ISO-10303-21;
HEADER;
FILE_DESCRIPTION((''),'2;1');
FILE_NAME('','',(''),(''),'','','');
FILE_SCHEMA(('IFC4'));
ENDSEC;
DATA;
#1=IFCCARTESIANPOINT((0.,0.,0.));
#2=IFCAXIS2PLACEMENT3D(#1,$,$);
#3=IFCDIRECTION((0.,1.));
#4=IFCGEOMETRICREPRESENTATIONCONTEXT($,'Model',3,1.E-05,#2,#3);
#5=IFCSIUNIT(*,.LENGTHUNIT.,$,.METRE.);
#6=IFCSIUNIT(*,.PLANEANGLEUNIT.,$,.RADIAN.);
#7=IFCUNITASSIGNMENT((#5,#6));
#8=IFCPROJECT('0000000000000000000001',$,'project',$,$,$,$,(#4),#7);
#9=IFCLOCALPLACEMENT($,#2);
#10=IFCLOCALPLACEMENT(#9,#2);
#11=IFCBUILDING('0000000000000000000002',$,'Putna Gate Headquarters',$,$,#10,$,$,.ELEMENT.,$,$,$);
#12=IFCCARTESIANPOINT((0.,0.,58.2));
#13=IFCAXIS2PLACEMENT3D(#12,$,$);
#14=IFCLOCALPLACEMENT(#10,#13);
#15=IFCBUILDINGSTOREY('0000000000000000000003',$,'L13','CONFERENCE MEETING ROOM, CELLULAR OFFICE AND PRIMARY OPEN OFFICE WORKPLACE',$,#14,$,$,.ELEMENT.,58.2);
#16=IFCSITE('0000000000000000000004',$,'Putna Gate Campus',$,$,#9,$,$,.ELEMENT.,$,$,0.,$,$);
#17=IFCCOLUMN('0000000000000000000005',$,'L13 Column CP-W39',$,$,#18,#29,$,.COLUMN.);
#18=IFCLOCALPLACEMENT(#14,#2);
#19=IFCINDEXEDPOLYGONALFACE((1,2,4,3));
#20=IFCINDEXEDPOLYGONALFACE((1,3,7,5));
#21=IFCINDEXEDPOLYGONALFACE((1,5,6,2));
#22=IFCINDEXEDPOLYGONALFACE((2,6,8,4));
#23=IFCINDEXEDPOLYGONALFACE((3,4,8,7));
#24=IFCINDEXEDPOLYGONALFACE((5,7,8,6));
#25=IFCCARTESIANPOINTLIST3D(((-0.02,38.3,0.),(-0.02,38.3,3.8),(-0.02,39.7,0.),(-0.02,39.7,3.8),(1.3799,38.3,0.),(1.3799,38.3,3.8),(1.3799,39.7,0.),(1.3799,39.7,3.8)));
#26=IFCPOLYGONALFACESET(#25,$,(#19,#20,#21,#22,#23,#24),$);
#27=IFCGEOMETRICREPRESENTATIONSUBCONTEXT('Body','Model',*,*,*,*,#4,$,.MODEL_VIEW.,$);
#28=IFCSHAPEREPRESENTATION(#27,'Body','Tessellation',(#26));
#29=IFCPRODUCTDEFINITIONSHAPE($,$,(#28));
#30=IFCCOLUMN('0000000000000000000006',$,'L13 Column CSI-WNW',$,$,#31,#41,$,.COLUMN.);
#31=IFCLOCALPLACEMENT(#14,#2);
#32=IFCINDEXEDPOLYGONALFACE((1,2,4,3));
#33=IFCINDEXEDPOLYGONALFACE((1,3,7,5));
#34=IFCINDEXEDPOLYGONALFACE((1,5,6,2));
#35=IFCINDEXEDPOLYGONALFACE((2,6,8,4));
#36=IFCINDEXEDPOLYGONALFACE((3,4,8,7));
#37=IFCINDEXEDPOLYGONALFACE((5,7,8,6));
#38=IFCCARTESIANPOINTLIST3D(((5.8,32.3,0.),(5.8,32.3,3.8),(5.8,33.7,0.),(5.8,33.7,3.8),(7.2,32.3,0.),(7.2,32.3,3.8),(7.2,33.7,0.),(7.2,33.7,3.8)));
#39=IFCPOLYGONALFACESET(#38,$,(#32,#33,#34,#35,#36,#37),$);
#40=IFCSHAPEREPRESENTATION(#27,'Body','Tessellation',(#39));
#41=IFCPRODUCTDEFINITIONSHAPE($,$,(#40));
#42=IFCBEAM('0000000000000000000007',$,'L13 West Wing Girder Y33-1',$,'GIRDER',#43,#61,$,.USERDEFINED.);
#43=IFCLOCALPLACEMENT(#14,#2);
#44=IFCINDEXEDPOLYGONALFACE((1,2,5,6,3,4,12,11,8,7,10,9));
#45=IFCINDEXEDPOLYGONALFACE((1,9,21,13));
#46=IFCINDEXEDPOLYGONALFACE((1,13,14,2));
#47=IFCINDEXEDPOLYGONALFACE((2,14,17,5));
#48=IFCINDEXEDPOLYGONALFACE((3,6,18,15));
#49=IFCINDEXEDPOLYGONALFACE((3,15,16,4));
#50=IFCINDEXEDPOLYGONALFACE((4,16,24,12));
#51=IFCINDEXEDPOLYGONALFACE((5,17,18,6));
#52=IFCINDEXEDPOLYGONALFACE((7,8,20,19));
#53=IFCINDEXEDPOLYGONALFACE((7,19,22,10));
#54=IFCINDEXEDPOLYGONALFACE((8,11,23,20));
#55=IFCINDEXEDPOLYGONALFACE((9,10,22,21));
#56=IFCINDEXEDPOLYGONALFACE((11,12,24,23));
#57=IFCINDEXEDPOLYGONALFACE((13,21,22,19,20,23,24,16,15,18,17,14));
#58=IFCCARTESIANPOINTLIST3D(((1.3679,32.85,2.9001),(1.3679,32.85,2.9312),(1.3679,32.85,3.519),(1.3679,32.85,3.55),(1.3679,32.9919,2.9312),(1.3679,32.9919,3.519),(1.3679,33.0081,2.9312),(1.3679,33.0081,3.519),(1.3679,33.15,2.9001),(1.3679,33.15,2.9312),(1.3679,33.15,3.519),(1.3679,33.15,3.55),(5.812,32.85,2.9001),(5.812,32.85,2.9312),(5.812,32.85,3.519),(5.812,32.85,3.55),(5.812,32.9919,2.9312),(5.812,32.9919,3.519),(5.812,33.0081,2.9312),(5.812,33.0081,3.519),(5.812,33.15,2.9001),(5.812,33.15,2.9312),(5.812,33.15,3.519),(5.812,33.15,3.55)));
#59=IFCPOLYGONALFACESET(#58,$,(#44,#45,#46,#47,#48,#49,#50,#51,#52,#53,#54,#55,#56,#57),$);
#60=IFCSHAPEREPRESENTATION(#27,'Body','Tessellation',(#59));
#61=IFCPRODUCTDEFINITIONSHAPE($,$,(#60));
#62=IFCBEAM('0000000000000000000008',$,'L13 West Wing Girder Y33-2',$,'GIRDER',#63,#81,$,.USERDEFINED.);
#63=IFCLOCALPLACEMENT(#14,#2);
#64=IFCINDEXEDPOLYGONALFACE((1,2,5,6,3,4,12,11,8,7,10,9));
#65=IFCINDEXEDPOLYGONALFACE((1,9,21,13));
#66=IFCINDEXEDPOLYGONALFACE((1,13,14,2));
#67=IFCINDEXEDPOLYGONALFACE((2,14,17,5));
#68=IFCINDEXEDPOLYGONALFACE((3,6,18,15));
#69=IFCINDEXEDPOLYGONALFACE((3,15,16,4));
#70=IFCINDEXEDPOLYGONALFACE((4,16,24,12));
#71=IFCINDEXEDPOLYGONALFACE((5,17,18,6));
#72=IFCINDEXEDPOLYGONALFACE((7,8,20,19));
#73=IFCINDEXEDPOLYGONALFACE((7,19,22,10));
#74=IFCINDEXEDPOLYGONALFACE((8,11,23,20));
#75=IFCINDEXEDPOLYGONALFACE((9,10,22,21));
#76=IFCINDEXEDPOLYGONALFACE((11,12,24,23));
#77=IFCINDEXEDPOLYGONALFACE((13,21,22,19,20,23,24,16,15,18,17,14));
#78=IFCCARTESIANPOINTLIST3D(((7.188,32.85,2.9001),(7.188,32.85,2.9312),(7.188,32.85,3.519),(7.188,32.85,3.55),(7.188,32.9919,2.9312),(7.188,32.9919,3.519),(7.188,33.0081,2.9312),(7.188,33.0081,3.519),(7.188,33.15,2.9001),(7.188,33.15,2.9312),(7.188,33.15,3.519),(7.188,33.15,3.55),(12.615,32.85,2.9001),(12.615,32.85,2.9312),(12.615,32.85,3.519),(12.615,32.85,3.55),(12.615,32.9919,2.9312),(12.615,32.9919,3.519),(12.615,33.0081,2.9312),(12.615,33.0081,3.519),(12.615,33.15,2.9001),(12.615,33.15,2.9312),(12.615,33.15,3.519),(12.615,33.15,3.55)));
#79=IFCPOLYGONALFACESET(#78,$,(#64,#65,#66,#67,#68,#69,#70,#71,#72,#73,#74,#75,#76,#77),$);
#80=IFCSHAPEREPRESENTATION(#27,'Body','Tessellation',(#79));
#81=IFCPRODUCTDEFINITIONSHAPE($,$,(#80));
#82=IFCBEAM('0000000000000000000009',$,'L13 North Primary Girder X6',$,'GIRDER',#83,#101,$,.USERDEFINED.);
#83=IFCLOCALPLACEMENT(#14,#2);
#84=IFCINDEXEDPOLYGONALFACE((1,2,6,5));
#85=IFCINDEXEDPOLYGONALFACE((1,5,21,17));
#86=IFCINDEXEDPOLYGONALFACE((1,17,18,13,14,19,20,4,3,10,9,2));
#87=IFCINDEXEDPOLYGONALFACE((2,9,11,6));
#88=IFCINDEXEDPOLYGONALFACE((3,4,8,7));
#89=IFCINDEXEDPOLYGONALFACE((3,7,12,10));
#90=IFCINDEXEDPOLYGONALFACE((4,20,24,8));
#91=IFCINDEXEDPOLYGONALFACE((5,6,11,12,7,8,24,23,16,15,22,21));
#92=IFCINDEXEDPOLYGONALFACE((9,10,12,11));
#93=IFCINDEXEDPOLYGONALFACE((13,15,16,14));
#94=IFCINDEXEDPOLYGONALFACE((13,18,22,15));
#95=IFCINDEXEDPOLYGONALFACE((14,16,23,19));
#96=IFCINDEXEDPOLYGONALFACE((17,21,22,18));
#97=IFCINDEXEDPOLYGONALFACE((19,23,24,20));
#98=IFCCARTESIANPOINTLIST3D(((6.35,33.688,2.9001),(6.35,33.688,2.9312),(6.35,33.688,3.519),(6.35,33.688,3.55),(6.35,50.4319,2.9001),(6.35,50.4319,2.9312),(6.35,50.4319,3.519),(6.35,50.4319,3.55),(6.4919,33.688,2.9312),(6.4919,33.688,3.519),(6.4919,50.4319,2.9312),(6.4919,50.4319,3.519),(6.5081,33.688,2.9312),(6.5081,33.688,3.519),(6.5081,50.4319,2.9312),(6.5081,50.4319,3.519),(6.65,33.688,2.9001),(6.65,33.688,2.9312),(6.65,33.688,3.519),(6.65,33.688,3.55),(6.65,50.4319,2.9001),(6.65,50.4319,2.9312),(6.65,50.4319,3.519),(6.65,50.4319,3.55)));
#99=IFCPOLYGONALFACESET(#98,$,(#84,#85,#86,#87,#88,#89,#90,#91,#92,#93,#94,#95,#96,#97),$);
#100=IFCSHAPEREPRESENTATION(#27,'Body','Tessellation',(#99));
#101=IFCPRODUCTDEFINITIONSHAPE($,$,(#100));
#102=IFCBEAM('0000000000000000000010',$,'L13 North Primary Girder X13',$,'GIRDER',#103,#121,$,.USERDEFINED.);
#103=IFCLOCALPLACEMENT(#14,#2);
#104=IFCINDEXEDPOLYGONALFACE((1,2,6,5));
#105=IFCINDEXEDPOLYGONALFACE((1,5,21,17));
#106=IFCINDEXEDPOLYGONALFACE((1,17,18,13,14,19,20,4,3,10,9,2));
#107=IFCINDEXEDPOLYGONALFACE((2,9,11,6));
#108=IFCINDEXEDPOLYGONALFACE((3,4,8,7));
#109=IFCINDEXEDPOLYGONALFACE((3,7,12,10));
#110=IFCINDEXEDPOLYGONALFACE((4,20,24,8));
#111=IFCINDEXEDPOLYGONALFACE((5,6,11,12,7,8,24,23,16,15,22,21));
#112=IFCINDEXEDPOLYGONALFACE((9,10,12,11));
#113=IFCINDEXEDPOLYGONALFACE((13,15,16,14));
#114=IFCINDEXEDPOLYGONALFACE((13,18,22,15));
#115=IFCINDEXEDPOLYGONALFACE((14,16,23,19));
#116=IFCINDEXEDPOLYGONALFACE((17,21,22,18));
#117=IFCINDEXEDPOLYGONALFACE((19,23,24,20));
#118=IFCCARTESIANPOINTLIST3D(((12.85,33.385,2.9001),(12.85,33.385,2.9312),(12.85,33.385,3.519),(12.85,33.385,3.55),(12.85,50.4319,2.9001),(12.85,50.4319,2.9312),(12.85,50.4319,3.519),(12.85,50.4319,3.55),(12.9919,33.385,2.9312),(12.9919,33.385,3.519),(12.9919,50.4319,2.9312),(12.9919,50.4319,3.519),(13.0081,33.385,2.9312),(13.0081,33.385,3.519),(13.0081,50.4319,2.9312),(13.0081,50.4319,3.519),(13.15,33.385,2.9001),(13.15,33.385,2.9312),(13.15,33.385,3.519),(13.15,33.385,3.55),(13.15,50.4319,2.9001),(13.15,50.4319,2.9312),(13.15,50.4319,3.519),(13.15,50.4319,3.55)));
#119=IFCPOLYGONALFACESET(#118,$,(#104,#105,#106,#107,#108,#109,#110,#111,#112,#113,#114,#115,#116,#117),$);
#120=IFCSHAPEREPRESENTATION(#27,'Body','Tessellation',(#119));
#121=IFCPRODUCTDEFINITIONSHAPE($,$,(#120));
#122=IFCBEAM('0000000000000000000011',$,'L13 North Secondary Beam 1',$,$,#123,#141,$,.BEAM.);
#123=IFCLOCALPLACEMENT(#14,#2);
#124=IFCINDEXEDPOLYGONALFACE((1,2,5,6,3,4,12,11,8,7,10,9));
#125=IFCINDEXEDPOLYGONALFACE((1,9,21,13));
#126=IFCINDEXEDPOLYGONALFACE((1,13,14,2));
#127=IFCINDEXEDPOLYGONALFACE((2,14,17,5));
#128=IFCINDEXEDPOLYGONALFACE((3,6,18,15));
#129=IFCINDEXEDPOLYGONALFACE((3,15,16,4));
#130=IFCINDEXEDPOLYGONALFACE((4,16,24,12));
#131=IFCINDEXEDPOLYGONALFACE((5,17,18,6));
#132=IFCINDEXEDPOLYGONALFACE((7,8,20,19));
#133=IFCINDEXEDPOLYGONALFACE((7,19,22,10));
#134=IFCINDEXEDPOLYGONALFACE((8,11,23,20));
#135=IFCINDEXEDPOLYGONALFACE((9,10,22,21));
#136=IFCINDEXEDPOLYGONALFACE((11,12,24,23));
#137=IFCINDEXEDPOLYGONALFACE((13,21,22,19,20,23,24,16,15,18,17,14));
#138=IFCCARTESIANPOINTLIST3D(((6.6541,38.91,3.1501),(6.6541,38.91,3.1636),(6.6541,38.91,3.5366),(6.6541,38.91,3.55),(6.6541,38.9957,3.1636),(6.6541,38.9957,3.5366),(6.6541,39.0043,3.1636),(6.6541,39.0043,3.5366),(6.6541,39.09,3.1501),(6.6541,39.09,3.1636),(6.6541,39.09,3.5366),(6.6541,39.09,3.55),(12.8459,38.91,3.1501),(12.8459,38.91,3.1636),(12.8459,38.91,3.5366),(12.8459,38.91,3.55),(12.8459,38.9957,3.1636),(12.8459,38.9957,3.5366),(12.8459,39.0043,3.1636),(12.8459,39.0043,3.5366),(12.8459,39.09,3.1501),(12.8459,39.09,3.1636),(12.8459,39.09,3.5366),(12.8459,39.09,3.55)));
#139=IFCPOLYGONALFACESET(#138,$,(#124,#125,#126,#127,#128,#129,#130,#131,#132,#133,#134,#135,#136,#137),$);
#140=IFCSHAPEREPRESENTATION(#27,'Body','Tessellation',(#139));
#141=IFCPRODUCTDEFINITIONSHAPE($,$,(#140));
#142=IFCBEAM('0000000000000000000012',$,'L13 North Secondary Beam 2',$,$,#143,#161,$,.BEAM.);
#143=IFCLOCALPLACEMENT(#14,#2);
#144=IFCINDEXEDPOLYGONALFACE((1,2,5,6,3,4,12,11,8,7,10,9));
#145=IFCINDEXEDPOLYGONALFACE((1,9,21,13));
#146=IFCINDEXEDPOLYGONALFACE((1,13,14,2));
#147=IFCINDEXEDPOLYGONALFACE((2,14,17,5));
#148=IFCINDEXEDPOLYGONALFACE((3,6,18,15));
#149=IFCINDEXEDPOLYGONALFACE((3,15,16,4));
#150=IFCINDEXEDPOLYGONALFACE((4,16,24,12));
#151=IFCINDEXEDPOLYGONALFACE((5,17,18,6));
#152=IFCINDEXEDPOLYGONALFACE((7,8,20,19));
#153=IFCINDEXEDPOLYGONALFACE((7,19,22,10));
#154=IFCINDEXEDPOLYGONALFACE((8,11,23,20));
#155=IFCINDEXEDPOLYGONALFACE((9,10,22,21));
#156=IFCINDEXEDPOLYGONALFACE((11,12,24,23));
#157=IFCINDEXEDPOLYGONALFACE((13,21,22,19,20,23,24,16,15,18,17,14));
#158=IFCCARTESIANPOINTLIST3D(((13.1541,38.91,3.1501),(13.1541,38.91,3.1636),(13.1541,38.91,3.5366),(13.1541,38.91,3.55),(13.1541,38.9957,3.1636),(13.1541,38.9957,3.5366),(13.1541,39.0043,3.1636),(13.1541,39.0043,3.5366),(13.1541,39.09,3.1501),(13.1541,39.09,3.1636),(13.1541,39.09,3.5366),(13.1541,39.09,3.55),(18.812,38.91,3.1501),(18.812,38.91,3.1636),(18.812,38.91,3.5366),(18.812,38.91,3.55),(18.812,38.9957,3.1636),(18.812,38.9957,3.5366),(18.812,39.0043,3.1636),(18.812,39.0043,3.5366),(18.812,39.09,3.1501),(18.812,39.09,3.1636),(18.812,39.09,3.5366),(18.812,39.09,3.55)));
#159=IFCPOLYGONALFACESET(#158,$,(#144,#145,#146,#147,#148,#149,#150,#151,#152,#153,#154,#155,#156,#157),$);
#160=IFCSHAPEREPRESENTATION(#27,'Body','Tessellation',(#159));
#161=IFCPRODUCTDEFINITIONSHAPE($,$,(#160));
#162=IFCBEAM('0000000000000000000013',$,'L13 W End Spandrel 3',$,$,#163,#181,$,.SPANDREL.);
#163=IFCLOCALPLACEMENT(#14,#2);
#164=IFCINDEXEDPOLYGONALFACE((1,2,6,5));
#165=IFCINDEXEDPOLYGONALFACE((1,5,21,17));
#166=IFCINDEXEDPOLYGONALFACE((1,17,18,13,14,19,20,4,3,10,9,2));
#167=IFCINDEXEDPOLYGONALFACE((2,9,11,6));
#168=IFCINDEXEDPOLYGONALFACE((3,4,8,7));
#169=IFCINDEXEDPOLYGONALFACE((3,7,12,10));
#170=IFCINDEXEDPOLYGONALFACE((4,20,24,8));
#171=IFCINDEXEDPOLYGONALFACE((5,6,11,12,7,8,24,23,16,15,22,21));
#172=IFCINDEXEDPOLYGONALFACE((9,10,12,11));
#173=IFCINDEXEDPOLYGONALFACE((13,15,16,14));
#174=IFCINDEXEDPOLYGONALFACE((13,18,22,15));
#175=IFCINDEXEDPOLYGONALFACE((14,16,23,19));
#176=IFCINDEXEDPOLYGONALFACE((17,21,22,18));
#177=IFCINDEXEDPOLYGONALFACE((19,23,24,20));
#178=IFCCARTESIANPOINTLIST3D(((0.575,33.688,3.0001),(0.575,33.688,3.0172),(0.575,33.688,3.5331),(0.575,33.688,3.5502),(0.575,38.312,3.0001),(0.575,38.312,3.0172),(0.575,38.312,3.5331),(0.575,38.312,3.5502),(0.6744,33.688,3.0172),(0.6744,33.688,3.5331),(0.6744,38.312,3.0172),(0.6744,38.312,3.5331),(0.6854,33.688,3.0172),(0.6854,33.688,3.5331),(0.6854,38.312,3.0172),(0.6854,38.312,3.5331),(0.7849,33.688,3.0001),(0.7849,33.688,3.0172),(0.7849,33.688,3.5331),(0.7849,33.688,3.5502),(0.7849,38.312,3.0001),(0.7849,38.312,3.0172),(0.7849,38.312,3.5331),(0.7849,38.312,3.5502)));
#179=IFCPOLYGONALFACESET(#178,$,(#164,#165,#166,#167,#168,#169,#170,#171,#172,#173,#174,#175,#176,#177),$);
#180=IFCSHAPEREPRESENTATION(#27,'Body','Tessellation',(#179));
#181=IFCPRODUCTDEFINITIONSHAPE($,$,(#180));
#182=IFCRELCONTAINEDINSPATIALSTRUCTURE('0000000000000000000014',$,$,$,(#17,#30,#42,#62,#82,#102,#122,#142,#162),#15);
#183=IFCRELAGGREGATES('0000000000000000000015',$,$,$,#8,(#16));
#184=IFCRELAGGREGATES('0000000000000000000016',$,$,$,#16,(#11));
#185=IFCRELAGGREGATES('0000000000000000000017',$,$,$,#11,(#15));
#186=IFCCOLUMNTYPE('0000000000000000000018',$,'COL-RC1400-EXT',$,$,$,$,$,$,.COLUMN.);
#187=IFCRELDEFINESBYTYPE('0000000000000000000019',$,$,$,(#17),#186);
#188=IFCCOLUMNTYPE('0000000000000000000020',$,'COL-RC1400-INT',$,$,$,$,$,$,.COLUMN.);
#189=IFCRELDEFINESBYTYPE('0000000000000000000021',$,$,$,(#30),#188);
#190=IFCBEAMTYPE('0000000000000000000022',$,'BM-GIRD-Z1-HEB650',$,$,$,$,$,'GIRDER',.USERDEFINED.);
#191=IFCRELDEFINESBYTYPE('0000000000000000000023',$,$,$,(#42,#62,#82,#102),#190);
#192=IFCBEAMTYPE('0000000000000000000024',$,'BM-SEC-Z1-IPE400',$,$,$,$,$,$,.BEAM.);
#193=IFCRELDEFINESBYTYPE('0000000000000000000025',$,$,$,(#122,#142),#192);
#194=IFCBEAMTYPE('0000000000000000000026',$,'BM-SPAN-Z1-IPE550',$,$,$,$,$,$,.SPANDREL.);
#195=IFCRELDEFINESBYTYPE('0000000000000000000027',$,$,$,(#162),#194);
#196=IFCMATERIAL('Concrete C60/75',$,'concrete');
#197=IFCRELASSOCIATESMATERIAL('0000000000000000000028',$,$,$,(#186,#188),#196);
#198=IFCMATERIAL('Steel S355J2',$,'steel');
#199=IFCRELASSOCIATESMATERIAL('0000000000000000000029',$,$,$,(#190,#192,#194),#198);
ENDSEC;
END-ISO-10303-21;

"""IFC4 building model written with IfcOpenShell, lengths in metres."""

from ifc_helpers import new_model, si_unit, direction, frame, origin, origin_2d, place, context, subcontext, project, spatial, rectangle, i_section, extrude, material, material_profile, profile_set, type_object, element, save


model = new_model("IFC4")

# Units and contexts
model_context = context("Model", 3, precision=1e-05, world=origin(), true_north=direction((0.0, 1.0)))
body_context = subcontext(model_context, "Body", "Model", "MODEL_VIEW")
ifc_project = project(units=[si_unit("LENGTHUNIT", "METRE"), si_unit("PLANEANGLEUNIT", "RADIAN")], contexts=[model_context])

# Site, building, storey
site_placement = place(None, origin())
site = spatial("IfcSite", under=ifc_project, at=site_placement, Name="Putna Gate Campus", CompositionType="ELEMENT", RefElevation=0.0)
building_placement = place(site_placement, origin())
building = spatial("IfcBuilding", under=site, at=building_placement, Name="Putna Gate Headquarters", CompositionType="ELEMENT")
storey_placement = place(building_placement, frame((0.0, 0.0, 58.2)))
storey = spatial("IfcBuildingStorey", under=building, at=storey_placement, Name="L13", Description="CONFERENCE MEETING ROOM, CELLULAR OFFICE AND PRIMARY OPEN OFFICE WORKPLACE", CompositionType="ELEMENT", Elevation=58.2)

# Columns
ifc_material_1 = material(Name="Concrete C60/75", Category="concrete")
ifc_material_profile_1 = material_profile(ifc_material_1, rectangle(XDim=1.3999, YDim=1.3999, at=origin_2d()), Name="Concrete C60/75")
ifc_profile_set_1 = profile_set([ifc_material_profile_1], Name="Concrete C60/75")
column_type_1 = type_object("IfcColumnType", Name="COL-RC1400-EXT", PredefinedType="COLUMN", material=ifc_profile_set_1)
column_1_placement = place(storey_placement, frame((0.6799, 39.0, 0.0), z_axis=(0.0, 0.0, 1.0), x_axis=(1.0, 0.0, 0.0)))
element("IfcColumn", 1, at=column_1_placement, inside=storey, type_object=column_type_1, Name="L13 Column CP-W39", PredefinedType="COLUMN", context=body_context, shape_type="SweptSolid", body=[
    extrude(rectangle(XDim=1.3999, YDim=1.3999, at=origin_2d()), origin(), (0.0, 0.0, 1.0), 3.8),
])
ifc_material_profile_2 = material_profile(ifc_material_1, rectangle(XDim=1.3999, YDim=1.3999, at=origin_2d()), Name="Concrete C60/75")
ifc_profile_set_2 = profile_set([ifc_material_profile_2], Name="Concrete C60/75")
column_type_2 = type_object("IfcColumnType", Name="COL-RC1400-INT", PredefinedType="COLUMN", material=ifc_profile_set_2)
column_2_placement = place(storey_placement, frame((6.5, 33.0, 0.0), z_axis=(0.0, 0.0, 1.0), x_axis=(1.0, 0.0, 0.0)))
element("IfcColumn", 2, at=column_2_placement, inside=storey, type_object=column_type_2, Name="L13 Column CSI-WNW", PredefinedType="COLUMN", context=body_context, shape_type="SweptSolid", body=[
    extrude(rectangle(XDim=1.3999, YDim=1.3999, at=origin_2d()), origin(), (0.0, 0.0, 1.0), 3.8),
])

# Beams
ifc_material_2 = material(Name="Steel S355J2", Category="steel")
ifc_material_profile_3 = material_profile(ifc_material_2, i_section(OverallWidth=0.3, OverallDepth=0.6499, WebThickness=0.0161, FlangeThickness=0.031, at=origin_2d()), Name="Steel S355J2")
ifc_profile_set_3 = profile_set([ifc_material_profile_3], Name="Steel S355J2")
beam_type_1 = type_object("IfcBeamType", Name="BM-GIRD-Z1-HEB650", ElementType="GIRDER", PredefinedType="USERDEFINED", material=ifc_profile_set_3)
beam_1_placement = place(storey_placement, frame((1.3679, 33.0, 3.2251), z_axis=(1.0, 0.0, 0.0), x_axis=(0.0, 1.0, 0.0)))
element("IfcBeam", 3, at=beam_1_placement, inside=storey, type_object=beam_type_1, Name="L13 West Wing Girder Y33-1", ObjectType="GIRDER", PredefinedType="USERDEFINED", context=body_context, shape_type="SweptSolid", body=[
    extrude(i_section(OverallWidth=0.3, OverallDepth=0.6499, WebThickness=0.0161, FlangeThickness=0.031, at=origin_2d()), origin(), (0.0, 0.0, 1.0), 4.4441),
])
beam_2_placement = place(storey_placement, frame((7.188, 33.0, 3.2251), z_axis=(1.0, 0.0, 0.0), x_axis=(0.0, 1.0, 0.0)))
element("IfcBeam", 4, at=beam_2_placement, inside=storey, type_object=beam_type_1, Name="L13 West Wing Girder Y33-2", ObjectType="GIRDER", PredefinedType="USERDEFINED", context=body_context, shape_type="SweptSolid", body=[
    extrude(i_section(OverallWidth=0.3, OverallDepth=0.6499, WebThickness=0.0161, FlangeThickness=0.031, at=origin_2d()), origin(), (0.0, 0.0, 1.0), 5.427),
])
beam_3_placement = place(storey_placement, frame((6.5, 33.688, 3.2251), z_axis=(0.0, 1.0, 0.0), x_axis=(-1.0, 0.0, 0.0)))
element("IfcBeam", 5, at=beam_3_placement, inside=storey, type_object=beam_type_1, Name="L13 North Primary Girder X6", ObjectType="GIRDER", PredefinedType="USERDEFINED", context=body_context, shape_type="SweptSolid", body=[
    extrude(i_section(OverallWidth=0.3, OverallDepth=0.6499, WebThickness=0.0161, FlangeThickness=0.031, at=origin_2d()), origin(), (0.0, 0.0, 1.0), 16.7439),
])
beam_4_placement = place(storey_placement, frame((13.0, 33.385, 3.2251), z_axis=(0.0, 1.0, 0.0), x_axis=(-1.0, 0.0, 0.0)))
element("IfcBeam", 6, at=beam_4_placement, inside=storey, type_object=beam_type_1, Name="L13 North Primary Girder X13", ObjectType="GIRDER", PredefinedType="USERDEFINED", context=body_context, shape_type="SweptSolid", body=[
    extrude(i_section(OverallWidth=0.3, OverallDepth=0.6499, WebThickness=0.0161, FlangeThickness=0.031, at=origin_2d()), origin(), (0.0, 0.0, 1.0), 17.0469),
])
ifc_material_profile_4 = material_profile(ifc_material_2, i_section(OverallWidth=0.1799, OverallDepth=0.3999, WebThickness=0.0085, FlangeThickness=0.0134, at=origin_2d()), Name="Steel S355J2")
ifc_profile_set_4 = profile_set([ifc_material_profile_4], Name="Steel S355J2")
beam_type_2 = type_object("IfcBeamType", Name="BM-SEC-Z1-IPE400", PredefinedType="BEAM", material=ifc_profile_set_4)
beam_5_placement = place(storey_placement, frame((6.6541, 39.0, 3.3501), z_axis=(1.0, 0.0, 0.0), x_axis=(0.0, 1.0, 0.0)))
element("IfcBeam", 7, at=beam_5_placement, inside=storey, type_object=beam_type_2, Name="L13 North Secondary Beam 1", PredefinedType="BEAM", context=body_context, shape_type="SweptSolid", body=[
    extrude(i_section(OverallWidth=0.1799, OverallDepth=0.3999, WebThickness=0.0085, FlangeThickness=0.0134, at=origin_2d()), origin(), (0.0, 0.0, 1.0), 6.1919),
])
beam_6_placement = place(storey_placement, frame((13.1541, 39.0, 3.3501), z_axis=(1.0, 0.0, 0.0), x_axis=(0.0, 1.0, 0.0)))
element("IfcBeam", 8, at=beam_6_placement, inside=storey, type_object=beam_type_2, Name="L13 North Secondary Beam 2", PredefinedType="BEAM", context=body_context, shape_type="SweptSolid", body=[
    extrude(i_section(OverallWidth=0.1799, OverallDepth=0.3999, WebThickness=0.0085, FlangeThickness=0.0134, at=origin_2d()), origin(), (0.0, 0.0, 1.0), 5.658),
])
ifc_material_profile_5 = material_profile(ifc_material_2, i_section(OverallWidth=0.21, OverallDepth=0.55, WebThickness=0.011, FlangeThickness=0.0171, at=origin_2d()), Name="Steel S355J2")
ifc_profile_set_5 = profile_set([ifc_material_profile_5], Name="Steel S355J2")
beam_type_3 = type_object("IfcBeamType", Name="BM-SPAN-Z1-IPE550", PredefinedType="SPANDREL", material=ifc_profile_set_5)
beam_7_placement = place(storey_placement, frame((0.6799, 33.688, 3.2751), z_axis=(0.0, 1.0, 0.0), x_axis=(-1.0, 0.0, 0.0)))
element("IfcBeam", 9, at=beam_7_placement, inside=storey, type_object=beam_type_3, Name="L13 W End Spandrel 3", PredefinedType="SPANDREL", context=body_context, shape_type="SweptSolid", body=[
    extrude(i_section(OverallWidth=0.21, OverallDepth=0.55, WebThickness=0.011, FlangeThickness=0.0171, at=origin_2d()), origin(), (0.0, 0.0, 1.0), 4.624),
])

save(model, "model.ifc")
